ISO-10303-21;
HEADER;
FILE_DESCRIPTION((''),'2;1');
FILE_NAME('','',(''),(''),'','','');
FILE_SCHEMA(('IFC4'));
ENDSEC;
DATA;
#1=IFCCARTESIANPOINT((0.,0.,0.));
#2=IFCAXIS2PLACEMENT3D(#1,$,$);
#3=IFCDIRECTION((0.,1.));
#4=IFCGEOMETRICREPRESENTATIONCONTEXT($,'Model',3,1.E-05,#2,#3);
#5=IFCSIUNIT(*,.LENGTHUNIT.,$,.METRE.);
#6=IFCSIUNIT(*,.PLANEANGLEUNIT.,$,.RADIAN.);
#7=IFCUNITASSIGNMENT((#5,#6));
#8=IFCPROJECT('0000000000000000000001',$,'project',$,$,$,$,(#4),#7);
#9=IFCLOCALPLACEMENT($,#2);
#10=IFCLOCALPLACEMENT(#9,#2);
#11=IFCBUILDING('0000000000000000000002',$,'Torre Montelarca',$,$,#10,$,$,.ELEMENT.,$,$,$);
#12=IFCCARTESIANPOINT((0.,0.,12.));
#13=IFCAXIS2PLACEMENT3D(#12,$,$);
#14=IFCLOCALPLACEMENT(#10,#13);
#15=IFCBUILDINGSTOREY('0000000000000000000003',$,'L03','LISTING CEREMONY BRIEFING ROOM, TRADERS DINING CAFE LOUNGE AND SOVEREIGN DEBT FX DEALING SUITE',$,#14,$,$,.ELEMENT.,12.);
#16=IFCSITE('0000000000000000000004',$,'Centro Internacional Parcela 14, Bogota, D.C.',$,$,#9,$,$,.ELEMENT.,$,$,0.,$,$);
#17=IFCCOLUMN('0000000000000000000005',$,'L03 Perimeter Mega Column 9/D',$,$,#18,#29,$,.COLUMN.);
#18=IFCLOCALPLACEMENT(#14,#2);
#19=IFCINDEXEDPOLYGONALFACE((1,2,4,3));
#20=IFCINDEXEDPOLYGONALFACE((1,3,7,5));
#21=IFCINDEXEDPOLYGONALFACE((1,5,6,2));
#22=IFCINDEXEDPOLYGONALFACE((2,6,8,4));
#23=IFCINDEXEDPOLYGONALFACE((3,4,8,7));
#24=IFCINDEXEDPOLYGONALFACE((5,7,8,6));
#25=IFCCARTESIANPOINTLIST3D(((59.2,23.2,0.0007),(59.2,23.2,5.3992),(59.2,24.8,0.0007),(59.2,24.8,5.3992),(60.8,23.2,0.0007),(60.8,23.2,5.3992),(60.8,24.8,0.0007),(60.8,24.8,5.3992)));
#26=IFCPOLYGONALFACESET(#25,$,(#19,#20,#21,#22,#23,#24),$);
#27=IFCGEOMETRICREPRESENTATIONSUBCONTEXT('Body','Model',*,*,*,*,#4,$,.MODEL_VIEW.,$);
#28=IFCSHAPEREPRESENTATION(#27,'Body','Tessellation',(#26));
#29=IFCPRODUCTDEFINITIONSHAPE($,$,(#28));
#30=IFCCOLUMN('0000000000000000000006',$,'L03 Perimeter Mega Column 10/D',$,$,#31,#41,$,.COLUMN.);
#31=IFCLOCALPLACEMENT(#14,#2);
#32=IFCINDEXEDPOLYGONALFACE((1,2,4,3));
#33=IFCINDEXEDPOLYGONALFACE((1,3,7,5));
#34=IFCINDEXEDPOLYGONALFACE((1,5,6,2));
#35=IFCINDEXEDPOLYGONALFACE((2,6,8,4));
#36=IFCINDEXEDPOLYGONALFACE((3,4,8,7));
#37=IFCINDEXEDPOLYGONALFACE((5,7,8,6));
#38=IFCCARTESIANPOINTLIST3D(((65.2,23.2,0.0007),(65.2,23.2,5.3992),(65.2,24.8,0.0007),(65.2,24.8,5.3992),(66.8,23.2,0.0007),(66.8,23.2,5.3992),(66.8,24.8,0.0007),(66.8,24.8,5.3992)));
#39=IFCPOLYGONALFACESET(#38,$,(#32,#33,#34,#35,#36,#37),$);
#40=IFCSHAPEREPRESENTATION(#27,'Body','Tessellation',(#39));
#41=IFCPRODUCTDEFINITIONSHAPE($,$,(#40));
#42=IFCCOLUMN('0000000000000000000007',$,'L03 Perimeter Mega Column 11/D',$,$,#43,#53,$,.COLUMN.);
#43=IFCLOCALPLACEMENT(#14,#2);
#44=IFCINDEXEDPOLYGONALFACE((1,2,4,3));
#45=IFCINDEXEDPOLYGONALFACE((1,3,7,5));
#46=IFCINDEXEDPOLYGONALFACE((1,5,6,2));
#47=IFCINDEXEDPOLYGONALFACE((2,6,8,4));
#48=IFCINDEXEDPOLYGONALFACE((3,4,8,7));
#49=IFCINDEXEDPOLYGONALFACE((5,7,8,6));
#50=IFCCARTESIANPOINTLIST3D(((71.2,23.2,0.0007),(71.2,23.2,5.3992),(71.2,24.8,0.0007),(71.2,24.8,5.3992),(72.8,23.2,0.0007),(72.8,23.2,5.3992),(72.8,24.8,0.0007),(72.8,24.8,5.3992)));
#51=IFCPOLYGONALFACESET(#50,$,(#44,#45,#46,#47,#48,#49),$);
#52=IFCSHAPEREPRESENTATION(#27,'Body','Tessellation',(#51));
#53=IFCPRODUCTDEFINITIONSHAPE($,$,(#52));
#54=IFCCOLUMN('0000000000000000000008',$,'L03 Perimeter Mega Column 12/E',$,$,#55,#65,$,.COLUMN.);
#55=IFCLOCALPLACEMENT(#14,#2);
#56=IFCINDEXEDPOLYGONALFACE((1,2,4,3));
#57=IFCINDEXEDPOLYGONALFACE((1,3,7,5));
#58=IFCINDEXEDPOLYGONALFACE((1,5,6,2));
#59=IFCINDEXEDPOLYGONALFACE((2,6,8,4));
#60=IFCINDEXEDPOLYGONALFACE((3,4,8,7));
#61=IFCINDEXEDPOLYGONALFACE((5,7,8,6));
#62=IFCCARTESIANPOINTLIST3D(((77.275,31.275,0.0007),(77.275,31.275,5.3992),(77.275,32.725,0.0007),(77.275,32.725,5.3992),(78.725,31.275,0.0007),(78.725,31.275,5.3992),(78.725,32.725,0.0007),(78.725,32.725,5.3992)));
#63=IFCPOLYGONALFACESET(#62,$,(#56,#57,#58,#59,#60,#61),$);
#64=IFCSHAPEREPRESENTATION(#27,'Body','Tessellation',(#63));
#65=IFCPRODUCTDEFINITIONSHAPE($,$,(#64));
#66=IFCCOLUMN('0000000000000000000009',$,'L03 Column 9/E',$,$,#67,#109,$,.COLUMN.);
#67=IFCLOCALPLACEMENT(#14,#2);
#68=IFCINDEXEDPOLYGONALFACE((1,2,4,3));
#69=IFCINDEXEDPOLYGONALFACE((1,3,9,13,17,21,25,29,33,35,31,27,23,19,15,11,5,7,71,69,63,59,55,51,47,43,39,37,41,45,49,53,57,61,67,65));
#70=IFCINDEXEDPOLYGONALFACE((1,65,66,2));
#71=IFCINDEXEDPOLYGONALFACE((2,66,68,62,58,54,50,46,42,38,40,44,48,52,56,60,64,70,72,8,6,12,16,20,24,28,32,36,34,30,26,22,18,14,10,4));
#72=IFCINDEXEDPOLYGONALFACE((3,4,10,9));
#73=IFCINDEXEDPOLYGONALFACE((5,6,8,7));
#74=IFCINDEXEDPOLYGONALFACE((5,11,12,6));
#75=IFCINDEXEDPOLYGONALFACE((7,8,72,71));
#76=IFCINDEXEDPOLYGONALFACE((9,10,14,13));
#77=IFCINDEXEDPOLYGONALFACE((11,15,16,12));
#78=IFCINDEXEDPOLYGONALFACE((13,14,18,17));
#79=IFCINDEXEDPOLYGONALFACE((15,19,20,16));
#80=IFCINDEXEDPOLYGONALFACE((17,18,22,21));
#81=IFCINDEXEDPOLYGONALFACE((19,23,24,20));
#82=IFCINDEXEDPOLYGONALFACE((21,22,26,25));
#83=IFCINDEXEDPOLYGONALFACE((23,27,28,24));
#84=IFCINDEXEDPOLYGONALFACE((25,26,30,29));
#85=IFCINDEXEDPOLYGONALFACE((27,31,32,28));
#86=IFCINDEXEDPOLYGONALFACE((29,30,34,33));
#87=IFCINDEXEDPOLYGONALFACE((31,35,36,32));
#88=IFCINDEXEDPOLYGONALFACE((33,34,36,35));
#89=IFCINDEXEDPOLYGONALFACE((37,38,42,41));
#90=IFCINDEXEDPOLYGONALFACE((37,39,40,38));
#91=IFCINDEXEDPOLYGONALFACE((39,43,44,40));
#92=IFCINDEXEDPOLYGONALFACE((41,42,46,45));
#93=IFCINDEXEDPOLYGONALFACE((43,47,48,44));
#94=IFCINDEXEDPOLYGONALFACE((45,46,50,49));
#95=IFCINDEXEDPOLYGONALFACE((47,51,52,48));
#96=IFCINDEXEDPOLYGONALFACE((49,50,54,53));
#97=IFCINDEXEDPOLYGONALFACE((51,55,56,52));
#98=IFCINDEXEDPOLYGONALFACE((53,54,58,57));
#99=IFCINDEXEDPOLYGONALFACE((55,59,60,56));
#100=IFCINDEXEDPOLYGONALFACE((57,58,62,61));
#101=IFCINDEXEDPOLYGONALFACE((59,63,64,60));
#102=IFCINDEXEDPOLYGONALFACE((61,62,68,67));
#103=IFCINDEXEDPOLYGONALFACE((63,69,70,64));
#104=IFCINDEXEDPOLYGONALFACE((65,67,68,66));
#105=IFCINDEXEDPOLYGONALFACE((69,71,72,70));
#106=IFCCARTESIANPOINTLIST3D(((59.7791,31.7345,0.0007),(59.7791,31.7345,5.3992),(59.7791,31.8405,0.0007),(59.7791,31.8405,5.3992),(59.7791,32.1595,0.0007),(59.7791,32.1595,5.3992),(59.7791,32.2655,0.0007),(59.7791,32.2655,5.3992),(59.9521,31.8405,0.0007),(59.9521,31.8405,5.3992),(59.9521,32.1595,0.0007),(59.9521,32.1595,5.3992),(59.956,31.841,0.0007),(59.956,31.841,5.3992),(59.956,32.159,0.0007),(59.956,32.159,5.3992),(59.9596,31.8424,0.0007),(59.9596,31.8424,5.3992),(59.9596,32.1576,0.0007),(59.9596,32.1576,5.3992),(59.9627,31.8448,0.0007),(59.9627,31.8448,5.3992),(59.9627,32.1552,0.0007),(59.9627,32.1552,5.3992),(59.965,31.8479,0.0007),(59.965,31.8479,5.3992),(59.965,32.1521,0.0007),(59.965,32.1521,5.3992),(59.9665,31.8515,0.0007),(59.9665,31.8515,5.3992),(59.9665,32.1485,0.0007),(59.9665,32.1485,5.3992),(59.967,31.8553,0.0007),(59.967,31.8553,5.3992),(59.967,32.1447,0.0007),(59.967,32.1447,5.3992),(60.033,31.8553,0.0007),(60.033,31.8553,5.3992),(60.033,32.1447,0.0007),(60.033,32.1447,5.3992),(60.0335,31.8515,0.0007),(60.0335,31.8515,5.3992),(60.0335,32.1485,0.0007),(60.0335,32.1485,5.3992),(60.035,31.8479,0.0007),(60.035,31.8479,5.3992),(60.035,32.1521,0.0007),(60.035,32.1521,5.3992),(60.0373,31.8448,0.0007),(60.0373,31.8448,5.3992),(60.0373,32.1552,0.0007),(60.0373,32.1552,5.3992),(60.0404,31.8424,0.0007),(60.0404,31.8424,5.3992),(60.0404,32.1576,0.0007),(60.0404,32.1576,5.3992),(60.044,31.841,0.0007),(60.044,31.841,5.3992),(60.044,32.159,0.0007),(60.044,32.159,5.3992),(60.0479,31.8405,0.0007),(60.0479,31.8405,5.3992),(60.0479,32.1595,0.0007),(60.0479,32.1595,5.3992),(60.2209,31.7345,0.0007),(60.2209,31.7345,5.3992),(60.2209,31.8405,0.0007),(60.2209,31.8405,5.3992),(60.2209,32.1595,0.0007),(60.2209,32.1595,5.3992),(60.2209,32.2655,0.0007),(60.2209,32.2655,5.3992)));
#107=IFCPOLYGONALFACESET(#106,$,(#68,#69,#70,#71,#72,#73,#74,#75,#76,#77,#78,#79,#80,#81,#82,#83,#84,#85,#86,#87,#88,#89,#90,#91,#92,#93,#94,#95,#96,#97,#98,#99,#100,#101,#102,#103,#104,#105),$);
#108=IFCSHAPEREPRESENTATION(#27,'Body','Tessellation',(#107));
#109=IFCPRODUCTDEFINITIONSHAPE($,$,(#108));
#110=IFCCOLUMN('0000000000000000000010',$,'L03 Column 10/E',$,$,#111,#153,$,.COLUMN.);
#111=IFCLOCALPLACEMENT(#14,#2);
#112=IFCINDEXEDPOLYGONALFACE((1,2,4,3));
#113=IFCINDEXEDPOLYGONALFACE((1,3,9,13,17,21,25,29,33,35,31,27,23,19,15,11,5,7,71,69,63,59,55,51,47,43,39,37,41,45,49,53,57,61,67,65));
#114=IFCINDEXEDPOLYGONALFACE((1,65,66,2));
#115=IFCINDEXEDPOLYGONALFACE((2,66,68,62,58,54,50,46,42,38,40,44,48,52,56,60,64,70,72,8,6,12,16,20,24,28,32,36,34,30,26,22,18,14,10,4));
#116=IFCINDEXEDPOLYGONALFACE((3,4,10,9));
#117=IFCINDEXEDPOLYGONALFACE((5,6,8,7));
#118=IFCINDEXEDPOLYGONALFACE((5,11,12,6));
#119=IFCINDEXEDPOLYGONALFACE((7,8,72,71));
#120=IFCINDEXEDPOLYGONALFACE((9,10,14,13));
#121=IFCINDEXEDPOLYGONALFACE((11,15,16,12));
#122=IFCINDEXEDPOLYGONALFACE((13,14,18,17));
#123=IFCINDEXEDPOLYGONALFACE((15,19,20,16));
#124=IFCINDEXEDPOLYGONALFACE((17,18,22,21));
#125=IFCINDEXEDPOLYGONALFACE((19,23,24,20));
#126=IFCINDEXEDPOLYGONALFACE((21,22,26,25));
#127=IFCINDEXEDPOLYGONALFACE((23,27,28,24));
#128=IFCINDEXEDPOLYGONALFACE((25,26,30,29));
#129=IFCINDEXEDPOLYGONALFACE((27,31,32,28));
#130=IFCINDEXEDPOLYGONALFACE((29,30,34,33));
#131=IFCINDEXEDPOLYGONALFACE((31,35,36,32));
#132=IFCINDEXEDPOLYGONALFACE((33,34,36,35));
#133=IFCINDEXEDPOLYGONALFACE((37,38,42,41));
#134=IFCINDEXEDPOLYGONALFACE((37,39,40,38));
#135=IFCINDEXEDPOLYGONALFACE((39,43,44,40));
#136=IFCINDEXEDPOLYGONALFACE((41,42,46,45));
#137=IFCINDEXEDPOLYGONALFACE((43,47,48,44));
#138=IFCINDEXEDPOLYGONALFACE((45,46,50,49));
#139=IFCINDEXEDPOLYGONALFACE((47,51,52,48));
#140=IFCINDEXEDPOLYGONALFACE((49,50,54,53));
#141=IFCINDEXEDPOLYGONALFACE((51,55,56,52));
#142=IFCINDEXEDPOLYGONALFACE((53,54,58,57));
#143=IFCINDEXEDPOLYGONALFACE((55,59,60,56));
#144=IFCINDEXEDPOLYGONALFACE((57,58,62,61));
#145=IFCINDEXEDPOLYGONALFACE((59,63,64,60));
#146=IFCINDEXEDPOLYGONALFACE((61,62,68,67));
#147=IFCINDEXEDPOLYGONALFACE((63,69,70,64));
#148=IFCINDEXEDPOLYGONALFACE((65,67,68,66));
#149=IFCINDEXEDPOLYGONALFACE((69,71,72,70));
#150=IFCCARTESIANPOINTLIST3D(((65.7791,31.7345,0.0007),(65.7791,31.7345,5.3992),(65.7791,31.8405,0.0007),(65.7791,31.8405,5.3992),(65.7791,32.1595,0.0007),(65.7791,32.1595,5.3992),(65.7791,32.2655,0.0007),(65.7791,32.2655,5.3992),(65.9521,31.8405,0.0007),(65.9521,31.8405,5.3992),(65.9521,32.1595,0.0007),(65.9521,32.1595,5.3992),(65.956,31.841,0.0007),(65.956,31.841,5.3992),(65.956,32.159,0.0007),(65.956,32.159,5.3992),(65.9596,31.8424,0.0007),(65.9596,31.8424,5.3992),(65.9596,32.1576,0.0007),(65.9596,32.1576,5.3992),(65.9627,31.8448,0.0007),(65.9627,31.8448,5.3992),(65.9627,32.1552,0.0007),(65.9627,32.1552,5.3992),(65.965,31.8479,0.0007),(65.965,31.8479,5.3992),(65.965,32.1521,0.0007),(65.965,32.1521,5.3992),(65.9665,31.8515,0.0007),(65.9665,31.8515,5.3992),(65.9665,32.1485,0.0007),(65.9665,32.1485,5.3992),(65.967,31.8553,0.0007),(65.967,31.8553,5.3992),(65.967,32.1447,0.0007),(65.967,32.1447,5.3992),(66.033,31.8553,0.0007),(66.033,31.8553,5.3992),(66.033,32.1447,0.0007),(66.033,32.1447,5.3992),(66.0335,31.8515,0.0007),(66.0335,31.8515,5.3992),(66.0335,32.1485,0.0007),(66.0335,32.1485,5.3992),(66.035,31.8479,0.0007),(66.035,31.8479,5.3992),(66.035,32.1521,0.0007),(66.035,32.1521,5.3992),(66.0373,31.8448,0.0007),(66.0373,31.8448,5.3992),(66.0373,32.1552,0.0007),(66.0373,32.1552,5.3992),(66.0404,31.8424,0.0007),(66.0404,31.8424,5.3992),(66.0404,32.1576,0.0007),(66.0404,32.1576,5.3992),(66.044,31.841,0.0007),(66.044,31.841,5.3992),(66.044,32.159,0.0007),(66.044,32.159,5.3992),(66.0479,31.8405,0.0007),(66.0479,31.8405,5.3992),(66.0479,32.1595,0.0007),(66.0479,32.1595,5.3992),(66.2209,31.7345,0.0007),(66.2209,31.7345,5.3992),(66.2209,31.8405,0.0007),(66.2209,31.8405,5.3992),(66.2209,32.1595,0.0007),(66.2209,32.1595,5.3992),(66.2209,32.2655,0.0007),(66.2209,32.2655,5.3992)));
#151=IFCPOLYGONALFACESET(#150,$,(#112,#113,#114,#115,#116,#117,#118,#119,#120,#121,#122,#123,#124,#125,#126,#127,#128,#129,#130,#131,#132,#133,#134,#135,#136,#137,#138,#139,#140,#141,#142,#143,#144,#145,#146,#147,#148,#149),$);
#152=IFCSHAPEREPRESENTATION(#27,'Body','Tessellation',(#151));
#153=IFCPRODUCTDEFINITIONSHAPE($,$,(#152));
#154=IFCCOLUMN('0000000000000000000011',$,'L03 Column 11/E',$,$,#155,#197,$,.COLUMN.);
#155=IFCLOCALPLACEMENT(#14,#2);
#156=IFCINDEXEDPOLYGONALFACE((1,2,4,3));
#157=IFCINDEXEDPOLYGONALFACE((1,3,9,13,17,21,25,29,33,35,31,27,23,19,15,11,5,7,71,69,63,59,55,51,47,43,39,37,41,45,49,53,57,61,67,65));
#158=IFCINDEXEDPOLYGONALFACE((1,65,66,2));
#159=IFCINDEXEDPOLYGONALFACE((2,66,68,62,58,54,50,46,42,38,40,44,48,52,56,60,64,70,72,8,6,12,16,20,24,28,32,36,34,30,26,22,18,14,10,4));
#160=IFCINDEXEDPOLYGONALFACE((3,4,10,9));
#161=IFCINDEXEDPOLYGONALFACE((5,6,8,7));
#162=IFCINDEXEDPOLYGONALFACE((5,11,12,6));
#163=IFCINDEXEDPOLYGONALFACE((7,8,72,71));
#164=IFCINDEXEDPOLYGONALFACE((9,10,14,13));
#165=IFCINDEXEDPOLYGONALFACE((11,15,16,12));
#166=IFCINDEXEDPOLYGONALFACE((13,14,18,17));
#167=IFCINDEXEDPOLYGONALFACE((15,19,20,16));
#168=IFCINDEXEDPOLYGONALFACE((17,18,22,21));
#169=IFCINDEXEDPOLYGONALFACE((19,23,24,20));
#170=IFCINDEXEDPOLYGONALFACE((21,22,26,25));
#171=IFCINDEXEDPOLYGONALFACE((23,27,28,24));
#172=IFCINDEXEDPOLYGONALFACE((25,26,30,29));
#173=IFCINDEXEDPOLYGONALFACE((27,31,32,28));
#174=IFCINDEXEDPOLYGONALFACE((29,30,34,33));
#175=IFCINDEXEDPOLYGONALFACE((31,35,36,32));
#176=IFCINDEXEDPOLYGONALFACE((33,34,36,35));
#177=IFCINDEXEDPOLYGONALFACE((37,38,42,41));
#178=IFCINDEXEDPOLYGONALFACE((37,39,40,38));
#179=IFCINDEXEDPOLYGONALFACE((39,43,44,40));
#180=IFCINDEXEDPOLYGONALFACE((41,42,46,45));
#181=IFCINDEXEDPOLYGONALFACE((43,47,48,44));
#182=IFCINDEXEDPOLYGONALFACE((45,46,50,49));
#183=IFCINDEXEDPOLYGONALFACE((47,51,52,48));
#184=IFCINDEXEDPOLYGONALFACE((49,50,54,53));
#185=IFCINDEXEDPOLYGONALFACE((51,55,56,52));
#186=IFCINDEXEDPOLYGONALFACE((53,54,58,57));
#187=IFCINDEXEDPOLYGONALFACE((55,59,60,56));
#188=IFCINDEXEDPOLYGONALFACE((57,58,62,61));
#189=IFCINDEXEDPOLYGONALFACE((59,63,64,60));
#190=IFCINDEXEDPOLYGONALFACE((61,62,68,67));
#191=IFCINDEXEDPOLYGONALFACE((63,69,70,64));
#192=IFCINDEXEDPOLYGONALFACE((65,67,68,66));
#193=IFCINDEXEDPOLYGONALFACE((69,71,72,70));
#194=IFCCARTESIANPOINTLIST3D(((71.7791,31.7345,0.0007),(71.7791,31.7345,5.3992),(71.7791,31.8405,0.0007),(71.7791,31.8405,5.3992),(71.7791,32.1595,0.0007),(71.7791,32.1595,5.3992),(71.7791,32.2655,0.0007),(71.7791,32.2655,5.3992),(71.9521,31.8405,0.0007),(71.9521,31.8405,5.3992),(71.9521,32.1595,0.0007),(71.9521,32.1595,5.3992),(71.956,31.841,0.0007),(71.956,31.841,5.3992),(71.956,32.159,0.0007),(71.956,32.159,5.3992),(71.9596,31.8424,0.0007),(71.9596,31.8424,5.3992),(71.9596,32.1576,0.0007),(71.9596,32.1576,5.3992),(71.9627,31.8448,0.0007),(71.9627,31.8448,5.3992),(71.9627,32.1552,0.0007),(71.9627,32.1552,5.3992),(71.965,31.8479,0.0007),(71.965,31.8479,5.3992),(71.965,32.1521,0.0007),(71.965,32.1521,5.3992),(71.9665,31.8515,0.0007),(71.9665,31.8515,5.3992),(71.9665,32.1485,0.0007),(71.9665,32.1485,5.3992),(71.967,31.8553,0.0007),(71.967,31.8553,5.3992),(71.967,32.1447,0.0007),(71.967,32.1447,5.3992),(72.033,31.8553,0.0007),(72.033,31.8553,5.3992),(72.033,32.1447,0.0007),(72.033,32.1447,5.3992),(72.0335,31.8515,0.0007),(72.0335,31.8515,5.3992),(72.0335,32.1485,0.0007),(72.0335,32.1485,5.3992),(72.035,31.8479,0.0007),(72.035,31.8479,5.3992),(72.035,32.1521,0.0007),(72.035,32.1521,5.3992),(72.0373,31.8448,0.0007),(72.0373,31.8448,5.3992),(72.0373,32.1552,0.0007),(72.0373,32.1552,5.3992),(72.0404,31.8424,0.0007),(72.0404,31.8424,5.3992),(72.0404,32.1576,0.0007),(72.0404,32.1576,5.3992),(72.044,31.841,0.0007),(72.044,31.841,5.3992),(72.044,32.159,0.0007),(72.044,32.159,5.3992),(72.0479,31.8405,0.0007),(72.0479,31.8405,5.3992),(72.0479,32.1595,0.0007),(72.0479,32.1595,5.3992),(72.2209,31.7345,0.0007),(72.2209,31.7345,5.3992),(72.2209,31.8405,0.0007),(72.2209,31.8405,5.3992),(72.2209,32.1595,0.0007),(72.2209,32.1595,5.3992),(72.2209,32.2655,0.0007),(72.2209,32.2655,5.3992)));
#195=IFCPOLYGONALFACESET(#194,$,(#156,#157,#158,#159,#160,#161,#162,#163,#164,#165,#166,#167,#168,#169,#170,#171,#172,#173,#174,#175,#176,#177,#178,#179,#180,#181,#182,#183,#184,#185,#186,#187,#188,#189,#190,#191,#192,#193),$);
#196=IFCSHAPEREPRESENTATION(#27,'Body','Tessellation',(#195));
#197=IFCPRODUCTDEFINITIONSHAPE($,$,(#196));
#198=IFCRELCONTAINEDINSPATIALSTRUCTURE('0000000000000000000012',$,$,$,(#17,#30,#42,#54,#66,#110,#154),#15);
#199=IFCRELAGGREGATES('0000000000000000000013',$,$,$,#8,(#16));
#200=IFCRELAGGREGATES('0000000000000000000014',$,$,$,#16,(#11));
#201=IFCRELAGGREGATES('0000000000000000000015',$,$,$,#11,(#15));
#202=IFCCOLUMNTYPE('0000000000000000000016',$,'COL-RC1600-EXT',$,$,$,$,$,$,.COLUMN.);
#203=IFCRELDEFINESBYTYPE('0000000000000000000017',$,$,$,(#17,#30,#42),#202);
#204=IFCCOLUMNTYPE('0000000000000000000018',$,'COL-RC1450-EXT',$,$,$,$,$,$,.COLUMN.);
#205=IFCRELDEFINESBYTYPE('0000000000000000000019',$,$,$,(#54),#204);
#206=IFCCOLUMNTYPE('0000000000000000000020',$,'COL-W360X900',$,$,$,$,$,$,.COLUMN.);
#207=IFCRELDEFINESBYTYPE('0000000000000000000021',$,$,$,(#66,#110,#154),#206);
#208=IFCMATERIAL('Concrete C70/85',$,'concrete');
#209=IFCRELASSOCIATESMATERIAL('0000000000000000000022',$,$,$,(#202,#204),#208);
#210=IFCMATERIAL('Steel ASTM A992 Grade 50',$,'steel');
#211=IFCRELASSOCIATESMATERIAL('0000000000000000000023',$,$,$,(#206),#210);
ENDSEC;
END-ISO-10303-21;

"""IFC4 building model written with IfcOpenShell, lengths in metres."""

from ifc_helpers import new_model, si_unit, direction, frame, origin, origin_2d, place, context, subcontext, project, spatial, rectangle, i_section, extrude, source, transform, mapped, material, material_profile, profile_set, type_object, element, save


model = new_model("IFC4")

# Units and contexts
model_context = context("Model", 3, precision=1e-05, world=origin(), true_north=direction((0.0, 1.0)))
body_context = subcontext(model_context, "Body", "Model", "MODEL_VIEW")
ifc_project = project(units=[si_unit("LENGTHUNIT", "METRE"), si_unit("PLANEANGLEUNIT", "RADIAN")], contexts=[model_context])

# Site, building, storey
site_placement = place(None, origin())
site = spatial("IfcSite", under=ifc_project, at=site_placement, Name="Centro Internacional Parcela 14, Bogota, D.C.", CompositionType="ELEMENT", RefElevation=0.0)
building_placement = place(site_placement, origin())
building = spatial("IfcBuilding", under=site, at=building_placement, Name="Torre Montelarca", CompositionType="ELEMENT")
storey_placement = place(building_placement, frame((0.0, 0.0, 12.0)))
storey = spatial("IfcBuildingStorey", under=building, at=storey_placement, Name="L03", Description="LISTING CEREMONY BRIEFING ROOM, TRADERS DINING CAFE LOUNGE AND SOVEREIGN DEBT FX DEALING SUITE", CompositionType="ELEMENT", Elevation=12.0)

# Columns
ifc_material_1 = material(Name="Concrete C70/85", Category="concrete")
ifc_material_profile_1 = material_profile(ifc_material_1, rectangle(XDim=1.6001, YDim=1.6001, at=origin_2d()), Name="RC1600X1600", Category="concrete")
ifc_profile_set_1 = profile_set([ifc_material_profile_1], Name="Concrete C70/85")
column_type_1 = type_object("IfcColumnType", Name="COL-RC1600-EXT", PredefinedType="COLUMN", material=ifc_profile_set_1)
shared_shape_1 = source(origin(), body_context, "Body", "SweptSolid", [
    extrude(rectangle(XDim=1.6001, YDim=1.6001, at=origin_2d()), origin(), (0.0, 0.0, 1.0), 5.3984),
])
for number, where, z_axis, x_axis, name in (
    (1, (60.0, 24.0, 0.0007), (0.0, 0.0, 1.0), (1.0, 0.0, 0.0), "L03 Perimeter Mega Column 9/D"),
    (2, (66.0, 24.0, 0.0007), (0.0, 0.0, 1.0), (1.0, 0.0, 0.0), "L03 Perimeter Mega Column 10/D"),
    (3, (72.0, 24.0, 0.0007), (0.0, 0.0, 1.0), (1.0, 0.0, 0.0), "L03 Perimeter Mega Column 11/D"),
):
    element("IfcColumn", number, at=place(storey_placement, frame(where, z_axis=z_axis, x_axis=x_axis)), inside=storey, type_object=column_type_1, Name=name, PredefinedType="COLUMN", context=body_context, shape_type="MappedRepresentation", body=[
        mapped(shared_shape_1, transform((0.0, 0.0, 0.0), scale=1.0)),
    ])
ifc_material_profile_2 = material_profile(ifc_material_1, rectangle(XDim=1.45, YDim=1.45, at=origin_2d()), Name="RC1450X1450", Category="concrete")
ifc_profile_set_2 = profile_set([ifc_material_profile_2], Name="Concrete C70/85")
column_type_2 = type_object("IfcColumnType", Name="COL-RC1450-EXT", PredefinedType="COLUMN", material=ifc_profile_set_2)
shared_shape_2 = source(origin(), body_context, "Body", "SweptSolid", [
    extrude(rectangle(XDim=1.45, YDim=1.45, at=origin_2d()), origin(), (0.0, 0.0, 1.0), 5.3984),
])
column_placement = place(storey_placement, frame((78.0, 32.0, 0.0007), z_axis=(0.0, 0.0, 1.0), x_axis=(1.0, 0.0, 0.0)))
element("IfcColumn", 4, at=column_placement, inside=storey, type_object=column_type_2, Name="L03 Perimeter Mega Column 12/E", PredefinedType="COLUMN", context=body_context, shape_type="MappedRepresentation", body=[
    mapped(shared_shape_2, transform((0.0, 0.0, 0.0), scale=1.0)),
])
ifc_material_2 = material(Name="Steel ASTM A992 Grade 50", Category="steel")
ifc_material_profile_3 = material_profile(ifc_material_2, i_section(OverallWidth=0.4419, OverallDepth=0.531, WebThickness=0.0659, FlangeThickness=0.106, FilletRadius=0.0149, at=origin_2d()), Name="W360X900", Category="steel")
ifc_profile_set_3 = profile_set([ifc_material_profile_3], Name="Steel ASTM A992 Grade 50")
column_type_3 = type_object("IfcColumnType", Name="COL-W360X900", PredefinedType="COLUMN", material=ifc_profile_set_3)
shared_shape_3 = source(origin(), body_context, "Body", "SweptSolid", [
    extrude(i_section(OverallWidth=0.4419, OverallDepth=0.531, WebThickness=0.0659, FlangeThickness=0.106, FilletRadius=0.0149, at=origin_2d()), origin(), (0.0, 0.0, 1.0), 5.3984),
])
for number, where, z_axis, x_axis, name in (
    (5, (60.0, 32.0, 0.0007), (0.0, 0.0, 1.0), (1.0, 0.0, 0.0), "L03 Column 9/E"),
    (6, (66.0, 32.0, 0.0007), (0.0, 0.0, 1.0), (1.0, 0.0, 0.0), "L03 Column 10/E"),
    (7, (72.0, 32.0, 0.0007), (0.0, 0.0, 1.0), (1.0, 0.0, 0.0), "L03 Column 11/E"),
):
    element("IfcColumn", number, at=place(storey_placement, frame(where, z_axis=z_axis, x_axis=x_axis)), inside=storey, type_object=column_type_3, Name=name, PredefinedType="COLUMN", context=body_context, shape_type="MappedRepresentation", body=[
        mapped(shared_shape_3, transform((0.0, 0.0, 0.0), scale=1.0)),
    ])

save(model, "model.ifc")
